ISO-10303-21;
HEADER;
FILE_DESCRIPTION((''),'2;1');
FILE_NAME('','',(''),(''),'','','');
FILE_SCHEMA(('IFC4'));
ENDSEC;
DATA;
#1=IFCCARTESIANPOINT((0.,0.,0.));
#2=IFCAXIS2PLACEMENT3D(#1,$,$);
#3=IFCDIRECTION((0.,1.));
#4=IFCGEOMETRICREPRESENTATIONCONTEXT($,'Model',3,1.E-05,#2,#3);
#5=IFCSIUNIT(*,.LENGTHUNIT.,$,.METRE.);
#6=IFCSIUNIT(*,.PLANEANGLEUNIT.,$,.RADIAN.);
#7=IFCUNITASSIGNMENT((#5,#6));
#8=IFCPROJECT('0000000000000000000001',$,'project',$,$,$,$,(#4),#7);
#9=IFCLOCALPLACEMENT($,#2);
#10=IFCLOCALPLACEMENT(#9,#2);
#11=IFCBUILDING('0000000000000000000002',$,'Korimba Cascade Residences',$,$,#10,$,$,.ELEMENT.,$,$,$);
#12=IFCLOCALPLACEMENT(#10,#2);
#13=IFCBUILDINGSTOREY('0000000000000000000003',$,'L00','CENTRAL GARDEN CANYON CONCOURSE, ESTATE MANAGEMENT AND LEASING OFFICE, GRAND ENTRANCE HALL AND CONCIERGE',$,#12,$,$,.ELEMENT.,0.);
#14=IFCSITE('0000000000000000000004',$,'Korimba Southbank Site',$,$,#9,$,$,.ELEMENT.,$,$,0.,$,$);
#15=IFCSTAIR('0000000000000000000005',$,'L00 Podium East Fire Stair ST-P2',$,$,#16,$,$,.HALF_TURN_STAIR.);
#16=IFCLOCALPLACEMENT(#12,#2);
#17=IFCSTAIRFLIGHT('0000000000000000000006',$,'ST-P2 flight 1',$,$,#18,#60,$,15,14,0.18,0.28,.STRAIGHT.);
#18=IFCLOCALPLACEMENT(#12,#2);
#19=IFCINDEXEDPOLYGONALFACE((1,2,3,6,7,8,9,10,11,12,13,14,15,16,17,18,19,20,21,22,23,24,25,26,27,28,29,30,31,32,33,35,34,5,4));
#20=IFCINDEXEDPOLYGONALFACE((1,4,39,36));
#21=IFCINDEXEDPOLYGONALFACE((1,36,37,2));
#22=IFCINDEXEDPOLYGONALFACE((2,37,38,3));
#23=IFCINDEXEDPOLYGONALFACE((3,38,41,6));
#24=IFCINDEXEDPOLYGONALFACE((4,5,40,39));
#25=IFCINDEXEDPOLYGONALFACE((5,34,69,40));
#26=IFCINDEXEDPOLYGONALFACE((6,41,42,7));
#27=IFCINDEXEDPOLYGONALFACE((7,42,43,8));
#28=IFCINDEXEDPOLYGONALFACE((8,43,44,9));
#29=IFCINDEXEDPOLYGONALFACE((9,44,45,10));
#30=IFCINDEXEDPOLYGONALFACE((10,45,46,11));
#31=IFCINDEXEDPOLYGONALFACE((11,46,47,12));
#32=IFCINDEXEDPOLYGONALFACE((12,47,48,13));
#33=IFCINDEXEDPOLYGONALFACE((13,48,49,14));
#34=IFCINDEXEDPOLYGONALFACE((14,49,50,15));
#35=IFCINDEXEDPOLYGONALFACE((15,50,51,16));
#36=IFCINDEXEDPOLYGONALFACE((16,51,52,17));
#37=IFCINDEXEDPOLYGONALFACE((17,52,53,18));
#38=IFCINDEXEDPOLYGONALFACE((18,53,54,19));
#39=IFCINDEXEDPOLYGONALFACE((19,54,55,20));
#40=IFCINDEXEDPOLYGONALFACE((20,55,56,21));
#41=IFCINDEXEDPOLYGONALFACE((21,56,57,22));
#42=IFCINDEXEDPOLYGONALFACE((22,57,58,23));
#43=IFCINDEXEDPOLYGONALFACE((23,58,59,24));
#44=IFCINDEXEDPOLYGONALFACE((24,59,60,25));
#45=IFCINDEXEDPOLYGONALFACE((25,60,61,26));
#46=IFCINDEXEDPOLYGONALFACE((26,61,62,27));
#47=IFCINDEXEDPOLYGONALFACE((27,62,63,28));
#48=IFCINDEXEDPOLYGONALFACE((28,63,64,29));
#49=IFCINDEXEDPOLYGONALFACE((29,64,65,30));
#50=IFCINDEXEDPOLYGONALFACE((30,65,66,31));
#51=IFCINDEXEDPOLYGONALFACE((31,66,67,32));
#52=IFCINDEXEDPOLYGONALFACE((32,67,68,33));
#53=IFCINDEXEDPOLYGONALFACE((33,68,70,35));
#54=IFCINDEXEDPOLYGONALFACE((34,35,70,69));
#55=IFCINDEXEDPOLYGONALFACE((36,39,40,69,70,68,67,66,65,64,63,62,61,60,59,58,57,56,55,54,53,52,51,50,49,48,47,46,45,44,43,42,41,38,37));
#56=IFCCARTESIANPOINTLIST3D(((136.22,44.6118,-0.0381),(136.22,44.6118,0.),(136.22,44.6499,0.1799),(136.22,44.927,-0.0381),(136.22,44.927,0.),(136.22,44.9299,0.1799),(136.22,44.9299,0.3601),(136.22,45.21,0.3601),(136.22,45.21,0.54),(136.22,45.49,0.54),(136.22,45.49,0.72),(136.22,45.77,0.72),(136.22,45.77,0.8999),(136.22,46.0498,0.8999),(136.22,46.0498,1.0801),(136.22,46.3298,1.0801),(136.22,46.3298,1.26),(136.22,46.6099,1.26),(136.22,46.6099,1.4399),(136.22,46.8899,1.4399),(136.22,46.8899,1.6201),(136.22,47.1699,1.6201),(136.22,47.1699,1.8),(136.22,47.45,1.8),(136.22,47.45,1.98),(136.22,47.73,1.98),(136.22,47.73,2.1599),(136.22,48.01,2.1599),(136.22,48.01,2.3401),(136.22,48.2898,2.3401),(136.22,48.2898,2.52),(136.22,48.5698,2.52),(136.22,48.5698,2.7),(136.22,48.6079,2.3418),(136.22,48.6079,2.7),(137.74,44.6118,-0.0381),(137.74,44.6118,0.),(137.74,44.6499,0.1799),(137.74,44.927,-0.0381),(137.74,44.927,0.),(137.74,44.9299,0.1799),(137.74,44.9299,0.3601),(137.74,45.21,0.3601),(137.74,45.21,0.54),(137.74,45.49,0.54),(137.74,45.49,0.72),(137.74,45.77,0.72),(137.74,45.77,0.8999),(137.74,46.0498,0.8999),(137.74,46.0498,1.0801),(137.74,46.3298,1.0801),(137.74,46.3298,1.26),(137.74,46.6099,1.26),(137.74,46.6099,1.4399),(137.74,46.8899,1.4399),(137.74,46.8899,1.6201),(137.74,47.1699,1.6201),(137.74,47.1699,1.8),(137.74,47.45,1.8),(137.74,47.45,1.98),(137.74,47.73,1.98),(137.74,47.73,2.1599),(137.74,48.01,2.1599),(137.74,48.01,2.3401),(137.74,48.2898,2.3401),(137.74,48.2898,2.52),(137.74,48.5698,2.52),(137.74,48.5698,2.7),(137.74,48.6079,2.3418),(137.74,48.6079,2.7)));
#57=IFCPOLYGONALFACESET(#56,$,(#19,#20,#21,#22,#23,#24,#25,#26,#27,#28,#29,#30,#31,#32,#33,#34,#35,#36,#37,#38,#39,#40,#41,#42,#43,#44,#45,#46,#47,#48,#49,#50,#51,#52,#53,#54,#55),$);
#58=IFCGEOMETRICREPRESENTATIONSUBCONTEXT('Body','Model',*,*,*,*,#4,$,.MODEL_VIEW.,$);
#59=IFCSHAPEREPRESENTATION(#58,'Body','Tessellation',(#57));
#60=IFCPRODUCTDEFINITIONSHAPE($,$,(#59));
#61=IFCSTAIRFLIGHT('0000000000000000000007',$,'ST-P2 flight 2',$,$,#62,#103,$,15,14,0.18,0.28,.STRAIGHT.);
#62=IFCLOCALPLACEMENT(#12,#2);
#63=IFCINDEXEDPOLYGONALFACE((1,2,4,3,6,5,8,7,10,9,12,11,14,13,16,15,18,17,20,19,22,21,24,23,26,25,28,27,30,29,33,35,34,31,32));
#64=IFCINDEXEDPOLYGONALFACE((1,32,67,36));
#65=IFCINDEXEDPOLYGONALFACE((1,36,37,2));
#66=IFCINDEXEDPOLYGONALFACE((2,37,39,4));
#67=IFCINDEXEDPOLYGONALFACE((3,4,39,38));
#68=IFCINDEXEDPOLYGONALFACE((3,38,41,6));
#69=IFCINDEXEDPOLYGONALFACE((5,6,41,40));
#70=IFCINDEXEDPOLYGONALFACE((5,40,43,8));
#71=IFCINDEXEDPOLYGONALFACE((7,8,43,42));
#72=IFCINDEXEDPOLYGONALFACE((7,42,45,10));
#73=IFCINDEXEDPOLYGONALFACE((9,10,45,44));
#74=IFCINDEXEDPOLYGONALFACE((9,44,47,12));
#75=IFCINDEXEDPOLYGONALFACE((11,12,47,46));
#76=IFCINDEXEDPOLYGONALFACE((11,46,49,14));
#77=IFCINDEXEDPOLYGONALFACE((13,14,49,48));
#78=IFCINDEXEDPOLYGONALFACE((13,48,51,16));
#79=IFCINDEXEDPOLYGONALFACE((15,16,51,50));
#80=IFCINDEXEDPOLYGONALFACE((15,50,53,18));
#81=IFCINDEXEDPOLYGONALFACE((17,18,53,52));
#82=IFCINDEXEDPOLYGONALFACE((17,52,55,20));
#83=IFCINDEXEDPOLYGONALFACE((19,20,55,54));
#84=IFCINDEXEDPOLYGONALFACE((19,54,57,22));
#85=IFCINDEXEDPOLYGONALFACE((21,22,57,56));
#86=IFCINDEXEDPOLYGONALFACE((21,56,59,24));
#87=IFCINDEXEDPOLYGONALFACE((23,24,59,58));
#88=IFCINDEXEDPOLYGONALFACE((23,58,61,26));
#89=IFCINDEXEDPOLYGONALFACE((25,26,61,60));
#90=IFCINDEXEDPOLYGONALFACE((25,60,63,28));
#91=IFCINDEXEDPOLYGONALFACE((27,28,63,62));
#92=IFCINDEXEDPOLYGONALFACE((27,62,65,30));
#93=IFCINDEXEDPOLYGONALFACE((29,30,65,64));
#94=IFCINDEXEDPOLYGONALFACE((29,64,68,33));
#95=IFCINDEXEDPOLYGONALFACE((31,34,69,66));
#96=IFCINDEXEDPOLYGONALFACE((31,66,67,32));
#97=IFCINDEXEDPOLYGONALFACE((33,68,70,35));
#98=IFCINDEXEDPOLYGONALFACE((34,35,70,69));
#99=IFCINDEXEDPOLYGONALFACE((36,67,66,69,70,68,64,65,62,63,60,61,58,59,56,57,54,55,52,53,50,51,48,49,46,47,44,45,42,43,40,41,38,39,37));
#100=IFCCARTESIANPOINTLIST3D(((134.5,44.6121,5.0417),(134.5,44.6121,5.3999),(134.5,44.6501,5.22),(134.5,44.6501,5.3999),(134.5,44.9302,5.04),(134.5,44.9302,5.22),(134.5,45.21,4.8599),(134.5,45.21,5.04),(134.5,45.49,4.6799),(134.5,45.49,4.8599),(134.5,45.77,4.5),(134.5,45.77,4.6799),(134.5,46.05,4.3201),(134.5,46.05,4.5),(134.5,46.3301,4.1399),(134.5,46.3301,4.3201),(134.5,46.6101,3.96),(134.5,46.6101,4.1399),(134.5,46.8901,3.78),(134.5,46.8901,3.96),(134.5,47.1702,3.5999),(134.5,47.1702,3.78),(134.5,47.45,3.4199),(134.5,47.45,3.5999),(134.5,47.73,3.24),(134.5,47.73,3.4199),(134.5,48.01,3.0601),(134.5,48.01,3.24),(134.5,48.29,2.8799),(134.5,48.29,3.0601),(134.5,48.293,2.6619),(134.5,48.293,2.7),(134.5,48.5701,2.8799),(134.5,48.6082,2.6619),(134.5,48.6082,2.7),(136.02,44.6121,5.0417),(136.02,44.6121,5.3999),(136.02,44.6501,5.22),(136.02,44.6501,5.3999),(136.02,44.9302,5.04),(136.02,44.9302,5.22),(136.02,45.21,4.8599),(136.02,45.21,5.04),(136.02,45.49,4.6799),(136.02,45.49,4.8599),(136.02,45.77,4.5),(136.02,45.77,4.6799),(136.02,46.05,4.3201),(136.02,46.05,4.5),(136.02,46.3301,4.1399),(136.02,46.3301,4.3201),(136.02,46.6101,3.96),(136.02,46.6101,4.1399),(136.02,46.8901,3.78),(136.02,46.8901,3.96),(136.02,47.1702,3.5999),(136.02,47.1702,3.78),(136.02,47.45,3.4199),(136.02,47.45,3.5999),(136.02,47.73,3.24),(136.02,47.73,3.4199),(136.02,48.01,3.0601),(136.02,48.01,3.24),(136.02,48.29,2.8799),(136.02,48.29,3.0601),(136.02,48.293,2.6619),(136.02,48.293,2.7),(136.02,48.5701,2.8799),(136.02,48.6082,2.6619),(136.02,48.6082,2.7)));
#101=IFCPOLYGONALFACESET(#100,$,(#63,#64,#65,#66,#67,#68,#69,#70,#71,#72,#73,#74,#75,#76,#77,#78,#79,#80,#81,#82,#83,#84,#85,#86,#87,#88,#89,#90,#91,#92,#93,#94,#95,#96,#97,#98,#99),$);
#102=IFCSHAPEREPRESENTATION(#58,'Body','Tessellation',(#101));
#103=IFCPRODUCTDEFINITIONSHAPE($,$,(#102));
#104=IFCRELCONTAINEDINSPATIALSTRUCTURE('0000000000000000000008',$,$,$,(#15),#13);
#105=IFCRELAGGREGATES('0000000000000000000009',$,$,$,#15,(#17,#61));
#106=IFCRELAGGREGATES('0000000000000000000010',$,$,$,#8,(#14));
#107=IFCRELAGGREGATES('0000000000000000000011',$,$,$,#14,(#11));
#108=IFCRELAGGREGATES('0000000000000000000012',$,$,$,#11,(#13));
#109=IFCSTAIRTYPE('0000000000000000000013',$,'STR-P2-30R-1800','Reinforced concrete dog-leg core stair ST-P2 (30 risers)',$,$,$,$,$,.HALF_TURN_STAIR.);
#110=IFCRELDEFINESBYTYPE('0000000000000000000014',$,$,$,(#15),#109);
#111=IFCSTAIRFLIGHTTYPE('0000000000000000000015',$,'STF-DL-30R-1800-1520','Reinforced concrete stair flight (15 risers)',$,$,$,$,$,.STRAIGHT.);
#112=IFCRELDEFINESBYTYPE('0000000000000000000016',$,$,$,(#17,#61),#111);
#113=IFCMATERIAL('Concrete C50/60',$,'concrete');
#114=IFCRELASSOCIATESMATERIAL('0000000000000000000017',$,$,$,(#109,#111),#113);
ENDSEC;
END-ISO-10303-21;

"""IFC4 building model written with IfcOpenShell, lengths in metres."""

from ifc_helpers import new_model, si_unit, direction, frame, origin, place, context, subcontext, project, spatial, polyline, outline, extrude, material, type_object, element, aggregate, save


model = new_model("IFC4")

# Units and contexts
model_context = context("Model", 3, precision=1e-05, world=origin(), true_north=direction((0.0, 1.0)))
body_context = subcontext(model_context, "Body", "Model", "MODEL_VIEW")
ifc_project = project(units=[si_unit("LENGTHUNIT", "METRE"), si_unit("PLANEANGLEUNIT", "RADIAN")], contexts=[model_context])

# Site, building, storey
site_placement = place(None, origin())
site = spatial("IfcSite", under=ifc_project, at=site_placement, Name="Korimba Southbank Site", CompositionType="ELEMENT", RefElevation=0.0)
building_placement = place(site_placement, origin())
building = spatial("IfcBuilding", under=site, at=building_placement, Name="Korimba Cascade Residences", CompositionType="ELEMENT")
storey_placement = place(building_placement, origin())
storey = spatial("IfcBuildingStorey", under=building, at=storey_placement, Name="L00", Description="CENTRAL GARDEN CANYON CONCOURSE, ESTATE MANAGEMENT AND LEASING OFFICE, GRAND ENTRANCE HALL AND CONCIERGE", CompositionType="ELEMENT", Elevation=0.0)

# Shared definitions
ifc_material_1 = material(Name="Concrete C50/60", Category="concrete")

# Stair, stair flights
stair_type = type_object("IfcStairType", Name="STR-P2-30R-1800", Description="Reinforced concrete dog-leg core stair ST-P2 (30 risers)", PredefinedType="HALF_TURN_STAIR", material=ifc_material_1)
stair_placement = place(storey_placement, origin())
stair = element("IfcStair", 1, at=stair_placement, inside=storey, type_object=stair_type, Name="L00 Podium East Fire Stair ST-P2", PredefinedType="HALF_TURN_STAIR")
stair_flight_type = type_object("IfcStairFlightType", Name="STF-DL-30R-1800-1520", Description="Reinforced concrete stair flight (15 risers)", PredefinedType="STRAIGHT", material=ifc_material_1)
stair_flight_1_placement = place(storey_placement, frame((136.98, 44.6499, 0.0), z_axis=(0.0, 0.0, 1.0), x_axis=(0.0, 1.0, 0.0)))
stair_flight_1 = element("IfcStairFlight", 2, at=stair_flight_1_placement, type_object=stair_flight_type, Name="ST-P2 flight 1", NumberOfRisers=15, NumberOfTreads=14, PredefinedType="STRAIGHT", RiserHeight=0.18, TreadLength=0.28, context=body_context, shape_type="SweptSolid", body=[
    extrude(outline(polyline([(-0.0381, 0.0), (0.0, 0.1799), (0.28, 0.1799), (0.28, 0.3601), (0.5601, 0.3601), (0.5601, 0.54), (0.8401, 0.54), (0.8401, 0.72), (1.1201, 0.72), (1.1201, 0.8999), (1.3999, 0.8999), (1.3999, 1.0801), (1.6799, 1.0801), (1.6799, 1.26), (1.96, 1.26), (1.96, 1.4399), (2.24, 1.4399), (2.24, 1.6201), (2.52, 1.6201), (2.52, 1.8), (2.8, 1.8), (2.8, 1.98), (3.0801, 1.98), (3.0801, 2.1599), (3.3601, 2.1599), (3.3601, 2.3401), (3.6399, 2.3401), (3.6399, 2.52), (3.9199, 2.52), (3.9199, 2.7), (3.958, 2.7), (3.958, 2.3418), (0.2771, 0.0), (0.2771, -0.0381), (-0.0381, -0.0381), (-0.0381, 0.0)])), frame((0.0, 0.76, 0.0), z_axis=(0.0, -1.0, 0.0), x_axis=(1.0, 0.0, 0.0)), (0.0, 0.0, 1.0), 1.52),
])
stair_flight_2_placement = place(storey_placement, frame((135.26, 48.5701, 2.7), z_axis=(0.0, 0.0, 1.0), x_axis=(0.0, -1.0, 0.0)))
stair_flight_2 = element("IfcStairFlight", 3, at=stair_flight_2_placement, type_object=stair_flight_type, Name="ST-P2 flight 2", NumberOfRisers=15, NumberOfTreads=14, PredefinedType="STRAIGHT", RiserHeight=0.18, TreadLength=0.28, context=body_context, shape_type="SweptSolid", body=[
    extrude(outline(polyline([(-0.0381, 0.0), (0.0, 0.1799), (0.28, 0.1799), (0.28, 0.3601), (0.5601, 0.3601), (0.5601, 0.54), (0.8401, 0.54), (0.8401, 0.72), (1.1201, 0.72), (1.1201, 0.8999), (1.3999, 0.8999), (1.3999, 1.0801), (1.6799, 1.0801), (1.6799, 1.26), (1.96, 1.26), (1.96, 1.4399), (2.24, 1.4399), (2.24, 1.6201), (2.52, 1.6201), (2.52, 1.8), (2.8, 1.8), (2.8, 1.98), (3.0801, 1.98), (3.0801, 2.1599), (3.3601, 2.1599), (3.3601, 2.3401), (3.6399, 2.3401), (3.6399, 2.52), (3.9199, 2.52), (3.9199, 2.7), (3.958, 2.7), (3.958, 2.3418), (0.2771, 0.0), (0.2771, -0.0381), (-0.0381, -0.0381), (-0.0381, 0.0)])), frame((0.0, 0.76, 0.0), z_axis=(0.0, -1.0, 0.0), x_axis=(1.0, 0.0, 0.0)), (0.0, 0.0, 1.0), 1.52),
])
aggregate(stair, [stair_flight_1, stair_flight_2])

save(model, "model.ifc")
